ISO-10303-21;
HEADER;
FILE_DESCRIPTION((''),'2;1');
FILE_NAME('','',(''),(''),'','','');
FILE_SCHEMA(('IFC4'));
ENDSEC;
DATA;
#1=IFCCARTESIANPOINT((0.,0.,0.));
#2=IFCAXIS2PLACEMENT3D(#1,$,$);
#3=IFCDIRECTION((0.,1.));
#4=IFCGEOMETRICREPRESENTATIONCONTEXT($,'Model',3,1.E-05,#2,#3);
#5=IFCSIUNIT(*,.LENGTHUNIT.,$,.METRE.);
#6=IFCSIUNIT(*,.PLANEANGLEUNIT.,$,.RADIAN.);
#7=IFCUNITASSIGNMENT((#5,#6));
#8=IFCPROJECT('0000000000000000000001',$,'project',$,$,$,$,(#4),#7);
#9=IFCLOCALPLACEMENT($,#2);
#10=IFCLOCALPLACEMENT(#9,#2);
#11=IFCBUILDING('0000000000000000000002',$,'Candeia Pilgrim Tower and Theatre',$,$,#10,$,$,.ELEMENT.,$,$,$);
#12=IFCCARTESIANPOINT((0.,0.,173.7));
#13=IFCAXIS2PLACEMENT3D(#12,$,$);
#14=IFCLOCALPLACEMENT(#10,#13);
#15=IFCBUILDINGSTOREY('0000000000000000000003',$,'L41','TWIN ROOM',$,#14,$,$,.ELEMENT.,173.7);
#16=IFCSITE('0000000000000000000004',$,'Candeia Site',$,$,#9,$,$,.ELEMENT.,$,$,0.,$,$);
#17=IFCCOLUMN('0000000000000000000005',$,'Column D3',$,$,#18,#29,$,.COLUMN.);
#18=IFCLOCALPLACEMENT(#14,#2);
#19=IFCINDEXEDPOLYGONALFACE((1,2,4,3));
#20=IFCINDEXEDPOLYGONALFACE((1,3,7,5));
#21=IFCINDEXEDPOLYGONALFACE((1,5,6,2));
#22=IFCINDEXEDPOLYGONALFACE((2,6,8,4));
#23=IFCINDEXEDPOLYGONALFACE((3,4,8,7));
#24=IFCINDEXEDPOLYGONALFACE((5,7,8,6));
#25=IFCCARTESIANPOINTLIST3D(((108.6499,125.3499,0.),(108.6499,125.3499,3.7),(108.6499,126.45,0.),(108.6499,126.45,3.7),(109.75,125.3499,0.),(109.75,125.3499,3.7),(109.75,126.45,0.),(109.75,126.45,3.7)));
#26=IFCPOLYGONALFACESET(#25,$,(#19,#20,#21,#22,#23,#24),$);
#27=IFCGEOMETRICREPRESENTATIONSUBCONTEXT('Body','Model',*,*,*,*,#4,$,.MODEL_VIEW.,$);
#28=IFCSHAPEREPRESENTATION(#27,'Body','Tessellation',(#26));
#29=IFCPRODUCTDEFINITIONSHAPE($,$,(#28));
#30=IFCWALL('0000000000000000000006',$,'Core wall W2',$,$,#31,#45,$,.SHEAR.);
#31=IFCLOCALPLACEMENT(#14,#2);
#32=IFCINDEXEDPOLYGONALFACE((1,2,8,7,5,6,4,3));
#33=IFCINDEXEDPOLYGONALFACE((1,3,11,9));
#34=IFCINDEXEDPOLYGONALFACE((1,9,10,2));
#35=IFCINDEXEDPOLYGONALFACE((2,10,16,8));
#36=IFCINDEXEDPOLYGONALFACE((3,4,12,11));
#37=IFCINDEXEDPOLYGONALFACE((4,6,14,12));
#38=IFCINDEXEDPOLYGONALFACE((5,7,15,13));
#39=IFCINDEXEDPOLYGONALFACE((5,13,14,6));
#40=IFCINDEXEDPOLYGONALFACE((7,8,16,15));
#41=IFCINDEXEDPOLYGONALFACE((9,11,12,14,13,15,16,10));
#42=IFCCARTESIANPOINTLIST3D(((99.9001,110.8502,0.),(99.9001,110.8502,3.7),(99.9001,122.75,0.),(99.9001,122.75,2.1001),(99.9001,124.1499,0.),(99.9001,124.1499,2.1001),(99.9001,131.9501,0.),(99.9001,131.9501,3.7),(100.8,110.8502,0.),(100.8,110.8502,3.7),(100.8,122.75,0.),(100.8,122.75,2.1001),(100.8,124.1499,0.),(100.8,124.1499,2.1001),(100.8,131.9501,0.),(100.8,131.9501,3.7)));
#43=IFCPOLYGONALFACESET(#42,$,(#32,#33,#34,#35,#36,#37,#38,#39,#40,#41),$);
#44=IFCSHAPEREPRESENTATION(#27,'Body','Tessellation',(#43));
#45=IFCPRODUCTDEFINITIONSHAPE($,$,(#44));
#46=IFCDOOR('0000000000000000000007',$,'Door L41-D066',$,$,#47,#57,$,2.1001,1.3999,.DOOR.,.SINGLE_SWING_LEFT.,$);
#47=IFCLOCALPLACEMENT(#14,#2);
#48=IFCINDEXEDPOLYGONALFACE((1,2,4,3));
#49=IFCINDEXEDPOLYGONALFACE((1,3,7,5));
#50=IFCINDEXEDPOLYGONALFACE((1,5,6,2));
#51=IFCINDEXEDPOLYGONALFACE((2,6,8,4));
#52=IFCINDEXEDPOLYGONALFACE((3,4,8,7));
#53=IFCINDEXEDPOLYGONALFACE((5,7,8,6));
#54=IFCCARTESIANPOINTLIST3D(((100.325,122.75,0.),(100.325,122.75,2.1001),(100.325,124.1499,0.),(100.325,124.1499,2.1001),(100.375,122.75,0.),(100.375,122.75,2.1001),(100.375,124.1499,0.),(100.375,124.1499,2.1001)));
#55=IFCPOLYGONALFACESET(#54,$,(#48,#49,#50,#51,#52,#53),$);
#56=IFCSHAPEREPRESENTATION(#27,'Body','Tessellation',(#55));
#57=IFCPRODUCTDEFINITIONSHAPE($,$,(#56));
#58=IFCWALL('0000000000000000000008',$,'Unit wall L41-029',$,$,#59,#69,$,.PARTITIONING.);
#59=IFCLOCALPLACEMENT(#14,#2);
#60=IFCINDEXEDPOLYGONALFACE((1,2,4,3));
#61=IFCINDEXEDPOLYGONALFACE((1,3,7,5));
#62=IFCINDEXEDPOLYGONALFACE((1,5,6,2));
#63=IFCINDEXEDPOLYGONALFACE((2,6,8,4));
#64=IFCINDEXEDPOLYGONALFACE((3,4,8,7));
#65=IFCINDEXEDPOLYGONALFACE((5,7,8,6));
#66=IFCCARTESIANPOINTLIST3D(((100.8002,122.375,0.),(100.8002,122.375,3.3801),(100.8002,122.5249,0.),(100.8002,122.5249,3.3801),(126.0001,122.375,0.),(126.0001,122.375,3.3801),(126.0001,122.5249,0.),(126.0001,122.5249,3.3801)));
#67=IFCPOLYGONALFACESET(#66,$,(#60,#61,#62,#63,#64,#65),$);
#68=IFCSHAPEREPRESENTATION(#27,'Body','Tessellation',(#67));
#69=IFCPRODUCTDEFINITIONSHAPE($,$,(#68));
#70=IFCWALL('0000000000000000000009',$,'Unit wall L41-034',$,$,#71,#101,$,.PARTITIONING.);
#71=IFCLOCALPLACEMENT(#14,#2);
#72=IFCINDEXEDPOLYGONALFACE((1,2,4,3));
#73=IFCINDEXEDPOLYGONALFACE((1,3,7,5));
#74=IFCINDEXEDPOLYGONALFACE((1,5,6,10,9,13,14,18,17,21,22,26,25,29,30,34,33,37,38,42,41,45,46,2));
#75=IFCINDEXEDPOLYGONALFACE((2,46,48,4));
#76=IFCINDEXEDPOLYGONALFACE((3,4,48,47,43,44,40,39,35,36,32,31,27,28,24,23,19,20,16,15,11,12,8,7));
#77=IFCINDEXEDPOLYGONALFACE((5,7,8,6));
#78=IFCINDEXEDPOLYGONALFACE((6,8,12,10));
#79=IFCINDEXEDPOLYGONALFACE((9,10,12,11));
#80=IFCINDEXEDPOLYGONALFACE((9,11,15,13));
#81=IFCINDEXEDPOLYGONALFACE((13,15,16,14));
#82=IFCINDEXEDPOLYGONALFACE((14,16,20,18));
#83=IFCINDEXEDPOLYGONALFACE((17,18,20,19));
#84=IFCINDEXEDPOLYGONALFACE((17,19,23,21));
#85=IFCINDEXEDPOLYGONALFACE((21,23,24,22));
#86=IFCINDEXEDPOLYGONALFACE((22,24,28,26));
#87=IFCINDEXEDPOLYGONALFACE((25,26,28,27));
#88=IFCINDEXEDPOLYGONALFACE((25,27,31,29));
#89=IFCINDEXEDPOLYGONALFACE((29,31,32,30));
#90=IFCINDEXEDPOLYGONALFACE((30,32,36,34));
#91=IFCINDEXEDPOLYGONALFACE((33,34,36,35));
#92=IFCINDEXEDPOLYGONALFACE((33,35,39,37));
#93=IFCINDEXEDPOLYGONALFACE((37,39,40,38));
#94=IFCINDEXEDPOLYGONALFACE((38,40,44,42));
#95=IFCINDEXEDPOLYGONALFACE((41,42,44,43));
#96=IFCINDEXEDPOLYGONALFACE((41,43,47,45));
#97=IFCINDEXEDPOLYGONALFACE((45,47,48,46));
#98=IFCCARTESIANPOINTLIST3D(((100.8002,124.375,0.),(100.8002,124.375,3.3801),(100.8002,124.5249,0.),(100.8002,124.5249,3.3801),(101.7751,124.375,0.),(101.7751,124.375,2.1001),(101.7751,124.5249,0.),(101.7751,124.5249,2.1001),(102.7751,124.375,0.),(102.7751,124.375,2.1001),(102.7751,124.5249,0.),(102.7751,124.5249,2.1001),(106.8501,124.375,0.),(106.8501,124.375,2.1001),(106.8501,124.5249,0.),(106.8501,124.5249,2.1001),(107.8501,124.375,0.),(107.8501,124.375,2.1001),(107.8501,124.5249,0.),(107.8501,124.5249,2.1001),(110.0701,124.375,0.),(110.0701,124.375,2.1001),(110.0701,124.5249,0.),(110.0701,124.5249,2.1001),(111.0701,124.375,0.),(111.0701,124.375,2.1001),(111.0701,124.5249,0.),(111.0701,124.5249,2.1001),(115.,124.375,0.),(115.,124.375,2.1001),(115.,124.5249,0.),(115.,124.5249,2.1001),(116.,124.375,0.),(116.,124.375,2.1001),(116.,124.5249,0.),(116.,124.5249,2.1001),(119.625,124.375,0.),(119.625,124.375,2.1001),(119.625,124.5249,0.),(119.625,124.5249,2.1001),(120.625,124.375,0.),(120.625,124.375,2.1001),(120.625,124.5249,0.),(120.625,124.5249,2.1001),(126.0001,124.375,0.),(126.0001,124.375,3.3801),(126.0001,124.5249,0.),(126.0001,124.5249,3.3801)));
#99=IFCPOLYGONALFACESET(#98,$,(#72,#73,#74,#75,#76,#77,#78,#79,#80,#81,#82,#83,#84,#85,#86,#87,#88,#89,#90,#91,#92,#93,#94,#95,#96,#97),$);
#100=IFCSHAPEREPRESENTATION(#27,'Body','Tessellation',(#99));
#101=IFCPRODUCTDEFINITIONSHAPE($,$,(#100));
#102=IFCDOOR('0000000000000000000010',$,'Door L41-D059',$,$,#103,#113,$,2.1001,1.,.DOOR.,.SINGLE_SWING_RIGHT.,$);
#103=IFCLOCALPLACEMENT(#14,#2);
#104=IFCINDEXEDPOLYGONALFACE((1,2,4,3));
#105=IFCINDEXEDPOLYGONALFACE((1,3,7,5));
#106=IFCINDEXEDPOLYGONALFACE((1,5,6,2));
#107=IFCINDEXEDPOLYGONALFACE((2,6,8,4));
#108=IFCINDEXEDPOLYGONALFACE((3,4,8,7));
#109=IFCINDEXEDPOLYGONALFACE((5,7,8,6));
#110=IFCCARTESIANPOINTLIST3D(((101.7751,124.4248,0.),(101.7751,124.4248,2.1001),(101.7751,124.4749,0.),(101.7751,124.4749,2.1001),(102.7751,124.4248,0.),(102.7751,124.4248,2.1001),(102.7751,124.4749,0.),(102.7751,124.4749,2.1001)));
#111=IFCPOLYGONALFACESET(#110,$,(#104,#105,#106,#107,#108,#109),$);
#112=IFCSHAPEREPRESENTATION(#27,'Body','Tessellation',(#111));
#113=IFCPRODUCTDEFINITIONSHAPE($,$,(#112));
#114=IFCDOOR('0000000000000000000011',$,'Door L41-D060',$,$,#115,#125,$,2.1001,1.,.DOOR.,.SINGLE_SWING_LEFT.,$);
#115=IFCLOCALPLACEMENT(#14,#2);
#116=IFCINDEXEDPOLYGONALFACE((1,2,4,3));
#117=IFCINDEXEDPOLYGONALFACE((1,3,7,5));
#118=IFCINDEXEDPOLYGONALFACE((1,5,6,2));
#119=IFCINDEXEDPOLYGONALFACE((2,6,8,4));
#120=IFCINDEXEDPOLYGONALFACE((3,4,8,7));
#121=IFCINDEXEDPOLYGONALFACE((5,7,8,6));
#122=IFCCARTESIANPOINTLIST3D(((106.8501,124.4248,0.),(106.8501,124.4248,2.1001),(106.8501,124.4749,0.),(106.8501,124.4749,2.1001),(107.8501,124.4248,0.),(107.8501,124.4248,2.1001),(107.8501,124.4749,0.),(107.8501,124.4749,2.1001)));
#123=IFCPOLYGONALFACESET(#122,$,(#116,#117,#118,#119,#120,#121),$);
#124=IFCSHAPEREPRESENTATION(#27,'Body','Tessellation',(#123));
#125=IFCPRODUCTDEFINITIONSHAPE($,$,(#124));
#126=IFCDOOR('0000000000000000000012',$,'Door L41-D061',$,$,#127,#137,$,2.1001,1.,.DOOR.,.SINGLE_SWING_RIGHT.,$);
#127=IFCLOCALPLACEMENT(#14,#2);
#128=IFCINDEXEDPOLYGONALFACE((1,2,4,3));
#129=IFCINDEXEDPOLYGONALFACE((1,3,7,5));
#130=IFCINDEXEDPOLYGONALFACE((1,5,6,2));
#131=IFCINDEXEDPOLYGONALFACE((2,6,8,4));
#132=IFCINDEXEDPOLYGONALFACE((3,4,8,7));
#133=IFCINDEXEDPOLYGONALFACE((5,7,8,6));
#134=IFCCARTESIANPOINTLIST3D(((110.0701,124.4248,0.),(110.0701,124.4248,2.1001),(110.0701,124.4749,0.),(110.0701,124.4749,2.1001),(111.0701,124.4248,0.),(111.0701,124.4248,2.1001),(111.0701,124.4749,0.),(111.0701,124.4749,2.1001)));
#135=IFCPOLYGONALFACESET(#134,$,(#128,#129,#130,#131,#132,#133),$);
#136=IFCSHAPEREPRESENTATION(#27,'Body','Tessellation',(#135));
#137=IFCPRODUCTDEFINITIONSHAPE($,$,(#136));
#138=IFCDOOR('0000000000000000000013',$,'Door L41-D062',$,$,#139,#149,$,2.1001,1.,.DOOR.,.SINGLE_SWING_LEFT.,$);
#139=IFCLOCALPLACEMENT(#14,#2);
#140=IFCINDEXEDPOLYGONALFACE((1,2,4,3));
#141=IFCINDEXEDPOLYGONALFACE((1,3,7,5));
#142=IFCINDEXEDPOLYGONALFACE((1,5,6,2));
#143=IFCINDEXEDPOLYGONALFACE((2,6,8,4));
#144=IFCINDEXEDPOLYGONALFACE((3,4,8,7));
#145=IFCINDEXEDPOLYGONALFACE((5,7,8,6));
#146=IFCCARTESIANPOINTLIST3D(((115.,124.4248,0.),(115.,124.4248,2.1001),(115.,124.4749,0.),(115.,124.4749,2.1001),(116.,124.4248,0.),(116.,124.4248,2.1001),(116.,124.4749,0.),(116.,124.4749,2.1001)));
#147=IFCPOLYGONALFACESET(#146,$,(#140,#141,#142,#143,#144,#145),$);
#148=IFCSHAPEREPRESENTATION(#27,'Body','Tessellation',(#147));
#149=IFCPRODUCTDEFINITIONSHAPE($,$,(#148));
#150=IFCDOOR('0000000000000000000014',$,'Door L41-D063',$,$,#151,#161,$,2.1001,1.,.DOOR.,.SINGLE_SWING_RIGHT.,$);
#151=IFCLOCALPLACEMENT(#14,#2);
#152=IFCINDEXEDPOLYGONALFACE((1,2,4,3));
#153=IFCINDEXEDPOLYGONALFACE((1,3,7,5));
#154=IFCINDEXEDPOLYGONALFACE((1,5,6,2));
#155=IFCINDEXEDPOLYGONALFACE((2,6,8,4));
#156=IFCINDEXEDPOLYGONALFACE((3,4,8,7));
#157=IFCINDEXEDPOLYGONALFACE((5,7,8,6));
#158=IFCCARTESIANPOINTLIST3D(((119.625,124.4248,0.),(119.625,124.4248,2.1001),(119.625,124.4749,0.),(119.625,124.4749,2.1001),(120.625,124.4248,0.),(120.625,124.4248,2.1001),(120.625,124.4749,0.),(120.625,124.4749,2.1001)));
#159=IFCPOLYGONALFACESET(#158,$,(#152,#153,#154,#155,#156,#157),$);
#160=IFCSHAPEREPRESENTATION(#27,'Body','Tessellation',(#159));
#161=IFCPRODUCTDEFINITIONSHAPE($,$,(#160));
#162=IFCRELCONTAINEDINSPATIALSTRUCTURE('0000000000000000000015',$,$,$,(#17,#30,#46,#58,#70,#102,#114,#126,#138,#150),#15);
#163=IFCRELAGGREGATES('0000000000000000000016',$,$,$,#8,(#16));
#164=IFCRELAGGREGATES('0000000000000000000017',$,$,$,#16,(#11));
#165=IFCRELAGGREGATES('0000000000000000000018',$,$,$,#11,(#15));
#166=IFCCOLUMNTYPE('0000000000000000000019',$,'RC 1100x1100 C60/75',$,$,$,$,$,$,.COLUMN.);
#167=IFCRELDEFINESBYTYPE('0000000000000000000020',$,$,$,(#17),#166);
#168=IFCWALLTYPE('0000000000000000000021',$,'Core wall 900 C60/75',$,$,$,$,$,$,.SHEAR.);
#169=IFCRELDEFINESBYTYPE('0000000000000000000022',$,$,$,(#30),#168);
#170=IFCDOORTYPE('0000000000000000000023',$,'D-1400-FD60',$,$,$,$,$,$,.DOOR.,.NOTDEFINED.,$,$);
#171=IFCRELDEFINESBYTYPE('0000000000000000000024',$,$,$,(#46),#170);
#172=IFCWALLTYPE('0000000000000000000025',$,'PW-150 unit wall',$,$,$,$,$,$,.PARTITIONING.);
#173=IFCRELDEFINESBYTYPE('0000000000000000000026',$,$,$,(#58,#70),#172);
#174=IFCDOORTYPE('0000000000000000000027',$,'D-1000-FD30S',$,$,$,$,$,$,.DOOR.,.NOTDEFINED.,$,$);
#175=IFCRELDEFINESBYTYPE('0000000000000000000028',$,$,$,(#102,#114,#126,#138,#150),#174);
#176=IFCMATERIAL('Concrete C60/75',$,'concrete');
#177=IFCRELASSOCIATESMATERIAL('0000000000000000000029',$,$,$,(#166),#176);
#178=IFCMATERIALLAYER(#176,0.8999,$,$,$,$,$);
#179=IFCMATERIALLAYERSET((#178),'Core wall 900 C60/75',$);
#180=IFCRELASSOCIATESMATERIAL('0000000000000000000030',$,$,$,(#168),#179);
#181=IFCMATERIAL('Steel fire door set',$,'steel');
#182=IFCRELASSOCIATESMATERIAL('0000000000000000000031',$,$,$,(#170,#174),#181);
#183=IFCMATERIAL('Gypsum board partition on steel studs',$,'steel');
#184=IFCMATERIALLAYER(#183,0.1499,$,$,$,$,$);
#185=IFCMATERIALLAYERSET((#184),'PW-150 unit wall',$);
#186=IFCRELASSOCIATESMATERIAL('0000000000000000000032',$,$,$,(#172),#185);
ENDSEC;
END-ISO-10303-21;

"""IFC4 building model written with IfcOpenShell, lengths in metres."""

from ifc_helpers import new_model, si_unit, direction, frame, frame_2d, origin, origin_2d, place, context, subcontext, project, spatial, rectangle, extrude, material, layer, layer_set, material_profile, profile_set, type_object, element, fill, save


model = new_model("IFC4")

# Units and contexts
model_context = context("Model", 3, precision=1e-05, world=origin(), true_north=direction((0.0, 1.0)))
body_context = subcontext(model_context, "Body", "Model", "MODEL_VIEW")
ifc_project = project(units=[si_unit("LENGTHUNIT", "METRE"), si_unit("PLANEANGLEUNIT", "RADIAN")], contexts=[model_context])

# Site, building, storey
site_placement = place(None, origin())
site = spatial("IfcSite", under=ifc_project, at=site_placement, Name="Candeia Site", CompositionType="ELEMENT", RefElevation=0.0)
building_placement = place(site_placement, origin())
building = spatial("IfcBuilding", under=site, at=building_placement, Name="Candeia Pilgrim Tower and Theatre", CompositionType="ELEMENT")
storey_placement = place(building_placement, frame((0.0, 0.0, 173.7)))
storey = spatial("IfcBuildingStorey", under=building, at=storey_placement, Name="L41", Description="TWIN ROOM", CompositionType="ELEMENT", Elevation=173.7)

# Column
ifc_material_1 = material(Name="Concrete C60/75", Category="concrete")
ifc_material_profile = material_profile(ifc_material_1, rectangle(XDim=1.1001, YDim=1.1001, at=origin_2d()))
ifc_profile_set = profile_set([ifc_material_profile], Name="Concrete C60/75")
column_type = type_object("IfcColumnType", Name="RC 1100x1100 C60/75", PredefinedType="COLUMN", material=ifc_profile_set)
column_placement = place(storey_placement, frame((109.2, 125.8999, 0.0), z_axis=(0.0, 0.0, 1.0), x_axis=(1.0, 0.0, 0.0)))
element("IfcColumn", 1, at=column_placement, inside=storey, type_object=column_type, Name="Column D3", PredefinedType="COLUMN", context=body_context, shape_type="SweptSolid", body=[
    extrude(rectangle(XDim=1.1001, YDim=1.1001, at=origin_2d()), origin(), (0.0, 0.0, 1.0), 3.7),
])

# Wall, opening, door
ifc_layer_1 = layer(ifc_material_1, 0.8999)
ifc_layer_set_1 = layer_set([ifc_layer_1], Name="Core wall 900 C60/75")
wall_type_1 = type_object("IfcWallType", Name="Core wall 900 C60/75", PredefinedType="SHEAR", material=ifc_layer_set_1)
wall_1_placement = place(storey_placement, frame((100.3501, 131.95, 0.0), z_axis=(0.0, 0.0, 1.0), x_axis=(0.0, -1.0, 0.0)))
wall_1 = element("IfcWall", 2, at=wall_1_placement, inside=storey, type_object=wall_type_1, Name="Core wall W2", PredefinedType="SHEAR", context=body_context, shape_type="SweptSolid", body=[
    extrude(rectangle(XDim=21.0999, YDim=0.8999, at=frame_2d((10.5498, 0.0))), origin(), (0.0, 0.0, 1.0), 3.7),
])
opening_1_placement = place(wall_1_placement, frame((7.8, 0.0, 0.0)))
opening_1 = element("IfcOpeningElement", 3, at=opening_1_placement, cuts=wall_1, PredefinedType="OPENING", context=body_context, shape_type="SweptSolid", body=[
    extrude(rectangle(XDim=1.3999, YDim=2.1001, at=frame_2d((0.7, 1.05))), frame((0.0, 0.46, 0.0), z_axis=(0.0, -1.0, 0.0), x_axis=(1.0, 0.0, 0.0)), (0.0, 0.0, 1.0), 0.9199),
])
ifc_material_2 = material(Name="Steel fire door set", Category="steel")
door_type_1 = type_object("IfcDoorType", Name="D-1400-FD60", OperationType="NOTDEFINED", PredefinedType="DOOR", material=ifc_material_2)
door_1_placement = place(opening_1_placement, origin())
door_1 = element("IfcDoor", 4, at=door_1_placement, inside=storey, type_object=door_type_1, Name="Door L41-D066", OperationType="SINGLE_SWING_LEFT", OverallHeight=2.1001, OverallWidth=1.3999, PredefinedType="DOOR", context=body_context, shape_type="SweptSolid", body=[
    extrude(rectangle(XDim=1.3999, YDim=2.1001, at=frame_2d((0.7, 1.05))), frame((0.0, 0.0249, 0.0), z_axis=(0.0, -1.0, 0.0), x_axis=(1.0, 0.0, 0.0)), (0.0, 0.0, 1.0), 0.05),
])
fill(opening_1, door_1)

# Wall
ifc_material_3 = material(Name="Gypsum board partition on steel studs", Category="steel")
ifc_layer_2 = layer(ifc_material_3, 0.1499)
ifc_layer_set_2 = layer_set([ifc_layer_2], Name="PW-150 unit wall")
wall_type_2 = type_object("IfcWallType", Name="PW-150 unit wall", PredefinedType="PARTITIONING", material=ifc_layer_set_2)
wall_2_placement = place(storey_placement, frame((100.8, 122.45, 0.0), z_axis=(0.0, 0.0, 1.0), x_axis=(1.0, 0.0, 0.0)))
element("IfcWall", 5, at=wall_2_placement, inside=storey, type_object=wall_type_2, Name="Unit wall L41-029", PredefinedType="PARTITIONING", context=body_context, shape_type="SweptSolid", body=[
    extrude(rectangle(XDim=25.2, YDim=0.1499, at=frame_2d((12.6001, 0.0))), origin(), (0.0, 0.0, 1.0), 3.3801),
])

# Wall, openings, doors
wall_3_placement = place(storey_placement, frame((100.8, 124.45, 0.0), z_axis=(0.0, 0.0, 1.0), x_axis=(1.0, 0.0, 0.0)))
wall_3 = element("IfcWall", 6, at=wall_3_placement, inside=storey, type_object=wall_type_2, Name="Unit wall L41-034", PredefinedType="PARTITIONING", context=body_context, shape_type="SweptSolid", body=[
    extrude(rectangle(XDim=25.2, YDim=0.1499, at=frame_2d((12.6001, 0.0))), origin(), (0.0, 0.0, 1.0), 3.3801),
])
opening_2_placement = place(wall_3_placement, frame((0.9751, 0.0, 0.0)))
opening_2 = element("IfcOpeningElement", 7, at=opening_2_placement, cuts=wall_3, PredefinedType="OPENING", context=body_context, shape_type="SweptSolid", body=[
    extrude(rectangle(XDim=1.0, YDim=2.1001, at=frame_2d((0.5, 1.05))), frame((0.0, 0.085, 0.0), z_axis=(0.0, -1.0, 0.0), x_axis=(1.0, 0.0, 0.0)), (0.0, 0.0, 1.0), 0.1699),
])
opening_3_placement = place(wall_3_placement, frame((6.05, 0.0, 0.0)))
opening_3 = element("IfcOpeningElement", 8, at=opening_3_placement, cuts=wall_3, PredefinedType="OPENING", context=body_context, shape_type="SweptSolid", body=[
    extrude(rectangle(XDim=1.0, YDim=2.1001, at=frame_2d((0.5, 1.05))), frame((0.0, 0.085, 0.0), z_axis=(0.0, -1.0, 0.0), x_axis=(1.0, 0.0, 0.0)), (0.0, 0.0, 1.0), 0.1699),
])
opening_4_placement = place(wall_3_placement, frame((9.27, 0.0, 0.0)))
opening_4 = element("IfcOpeningElement", 9, at=opening_4_placement, cuts=wall_3, PredefinedType="OPENING", context=body_context, shape_type="SweptSolid", body=[
    extrude(rectangle(XDim=1.0, YDim=2.1001, at=frame_2d((0.5, 1.05))), frame((0.0, 0.085, 0.0), z_axis=(0.0, -1.0, 0.0), x_axis=(1.0, 0.0, 0.0)), (0.0, 0.0, 1.0), 0.1699),
])
opening_5_placement = place(wall_3_placement, frame((14.2, 0.0, 0.0)))
opening_5 = element("IfcOpeningElement", 10, at=opening_5_placement, cuts=wall_3, PredefinedType="OPENING", context=body_context, shape_type="SweptSolid", body=[
    extrude(rectangle(XDim=1.0, YDim=2.1001, at=frame_2d((0.5, 1.05))), frame((0.0, 0.085, 0.0), z_axis=(0.0, -1.0, 0.0), x_axis=(1.0, 0.0, 0.0)), (0.0, 0.0, 1.0), 0.1699),
])
opening_6_placement = place(wall_3_placement, frame((18.825, 0.0, 0.0)))
opening_6 = element("IfcOpeningElement", 11, at=opening_6_placement, cuts=wall_3, PredefinedType="OPENING", context=body_context, shape_type="SweptSolid", body=[
    extrude(rectangle(XDim=1.0, YDim=2.1001, at=frame_2d((0.5, 1.05))), frame((0.0, 0.085, 0.0), z_axis=(0.0, -1.0, 0.0), x_axis=(1.0, 0.0, 0.0)), (0.0, 0.0, 1.0), 0.1699),
])
door_type_2 = type_object("IfcDoorType", Name="D-1000-FD30S", OperationType="NOTDEFINED", PredefinedType="DOOR", material=ifc_material_2)
door_2_placement = place(opening_2_placement, origin())
door_2 = element("IfcDoor", 12, at=door_2_placement, inside=storey, type_object=door_type_2, Name="Door L41-D059", OperationType="SINGLE_SWING_RIGHT", OverallHeight=2.1001, OverallWidth=1.0, PredefinedType="DOOR", context=body_context, shape_type="SweptSolid", body=[
    extrude(rectangle(XDim=1.0, YDim=2.1001, at=frame_2d((0.5, 1.05))), frame((0.0, 0.0249, 0.0), z_axis=(0.0, -1.0, 0.0), x_axis=(1.0, 0.0, 0.0)), (0.0, 0.0, 1.0), 0.05),
])
fill(opening_2, door_2)
door_3_placement = place(opening_3_placement, origin())
door_3 = element("IfcDoor", 13, at=door_3_placement, inside=storey, type_object=door_type_2, Name="Door L41-D060", OperationType="SINGLE_SWING_LEFT", OverallHeight=2.1001, OverallWidth=1.0, PredefinedType="DOOR", context=body_context, shape_type="SweptSolid", body=[
    extrude(rectangle(XDim=1.0, YDim=2.1001, at=frame_2d((0.5, 1.05))), frame((0.0, 0.0249, 0.0), z_axis=(0.0, -1.0, 0.0), x_axis=(1.0, 0.0, 0.0)), (0.0, 0.0, 1.0), 0.05),
])
fill(opening_3, door_3)
door_4_placement = place(opening_4_placement, origin())
door_4 = element("IfcDoor", 14, at=door_4_placement, inside=storey, type_object=door_type_2, Name="Door L41-D061", OperationType="SINGLE_SWING_RIGHT", OverallHeight=2.1001, OverallWidth=1.0, PredefinedType="DOOR", context=body_context, shape_type="SweptSolid", body=[
    extrude(rectangle(XDim=1.0, YDim=2.1001, at=frame_2d((0.5, 1.05))), frame((0.0, 0.0249, 0.0), z_axis=(0.0, -1.0, 0.0), x_axis=(1.0, 0.0, 0.0)), (0.0, 0.0, 1.0), 0.05),
])
fill(opening_4, door_4)
door_5_placement = place(opening_5_placement, origin())
door_5 = element("IfcDoor", 15, at=door_5_placement, inside=storey, type_object=door_type_2, Name="Door L41-D062", OperationType="SINGLE_SWING_LEFT", OverallHeight=2.1001, OverallWidth=1.0, PredefinedType="DOOR", context=body_context, shape_type="SweptSolid", body=[
    extrude(rectangle(XDim=1.0, YDim=2.1001, at=frame_2d((0.5, 1.05))), frame((0.0, 0.0249, 0.0), z_axis=(0.0, -1.0, 0.0), x_axis=(1.0, 0.0, 0.0)), (0.0, 0.0, 1.0), 0.05),
])
fill(opening_5, door_5)
door_6_placement = place(opening_6_placement, origin())
door_6 = element("IfcDoor", 16, at=door_6_placement, inside=storey, type_object=door_type_2, Name="Door L41-D063", OperationType="SINGLE_SWING_RIGHT", OverallHeight=2.1001, OverallWidth=1.0, PredefinedType="DOOR", context=body_context, shape_type="SweptSolid", body=[
    extrude(rectangle(XDim=1.0, YDim=2.1001, at=frame_2d((0.5, 1.05))), frame((0.0, 0.0249, 0.0), z_axis=(0.0, -1.0, 0.0), x_axis=(1.0, 0.0, 0.0)), (0.0, 0.0, 1.0), 0.05),
])
fill(opening_6, door_6)

save(model, "model.ifc")
